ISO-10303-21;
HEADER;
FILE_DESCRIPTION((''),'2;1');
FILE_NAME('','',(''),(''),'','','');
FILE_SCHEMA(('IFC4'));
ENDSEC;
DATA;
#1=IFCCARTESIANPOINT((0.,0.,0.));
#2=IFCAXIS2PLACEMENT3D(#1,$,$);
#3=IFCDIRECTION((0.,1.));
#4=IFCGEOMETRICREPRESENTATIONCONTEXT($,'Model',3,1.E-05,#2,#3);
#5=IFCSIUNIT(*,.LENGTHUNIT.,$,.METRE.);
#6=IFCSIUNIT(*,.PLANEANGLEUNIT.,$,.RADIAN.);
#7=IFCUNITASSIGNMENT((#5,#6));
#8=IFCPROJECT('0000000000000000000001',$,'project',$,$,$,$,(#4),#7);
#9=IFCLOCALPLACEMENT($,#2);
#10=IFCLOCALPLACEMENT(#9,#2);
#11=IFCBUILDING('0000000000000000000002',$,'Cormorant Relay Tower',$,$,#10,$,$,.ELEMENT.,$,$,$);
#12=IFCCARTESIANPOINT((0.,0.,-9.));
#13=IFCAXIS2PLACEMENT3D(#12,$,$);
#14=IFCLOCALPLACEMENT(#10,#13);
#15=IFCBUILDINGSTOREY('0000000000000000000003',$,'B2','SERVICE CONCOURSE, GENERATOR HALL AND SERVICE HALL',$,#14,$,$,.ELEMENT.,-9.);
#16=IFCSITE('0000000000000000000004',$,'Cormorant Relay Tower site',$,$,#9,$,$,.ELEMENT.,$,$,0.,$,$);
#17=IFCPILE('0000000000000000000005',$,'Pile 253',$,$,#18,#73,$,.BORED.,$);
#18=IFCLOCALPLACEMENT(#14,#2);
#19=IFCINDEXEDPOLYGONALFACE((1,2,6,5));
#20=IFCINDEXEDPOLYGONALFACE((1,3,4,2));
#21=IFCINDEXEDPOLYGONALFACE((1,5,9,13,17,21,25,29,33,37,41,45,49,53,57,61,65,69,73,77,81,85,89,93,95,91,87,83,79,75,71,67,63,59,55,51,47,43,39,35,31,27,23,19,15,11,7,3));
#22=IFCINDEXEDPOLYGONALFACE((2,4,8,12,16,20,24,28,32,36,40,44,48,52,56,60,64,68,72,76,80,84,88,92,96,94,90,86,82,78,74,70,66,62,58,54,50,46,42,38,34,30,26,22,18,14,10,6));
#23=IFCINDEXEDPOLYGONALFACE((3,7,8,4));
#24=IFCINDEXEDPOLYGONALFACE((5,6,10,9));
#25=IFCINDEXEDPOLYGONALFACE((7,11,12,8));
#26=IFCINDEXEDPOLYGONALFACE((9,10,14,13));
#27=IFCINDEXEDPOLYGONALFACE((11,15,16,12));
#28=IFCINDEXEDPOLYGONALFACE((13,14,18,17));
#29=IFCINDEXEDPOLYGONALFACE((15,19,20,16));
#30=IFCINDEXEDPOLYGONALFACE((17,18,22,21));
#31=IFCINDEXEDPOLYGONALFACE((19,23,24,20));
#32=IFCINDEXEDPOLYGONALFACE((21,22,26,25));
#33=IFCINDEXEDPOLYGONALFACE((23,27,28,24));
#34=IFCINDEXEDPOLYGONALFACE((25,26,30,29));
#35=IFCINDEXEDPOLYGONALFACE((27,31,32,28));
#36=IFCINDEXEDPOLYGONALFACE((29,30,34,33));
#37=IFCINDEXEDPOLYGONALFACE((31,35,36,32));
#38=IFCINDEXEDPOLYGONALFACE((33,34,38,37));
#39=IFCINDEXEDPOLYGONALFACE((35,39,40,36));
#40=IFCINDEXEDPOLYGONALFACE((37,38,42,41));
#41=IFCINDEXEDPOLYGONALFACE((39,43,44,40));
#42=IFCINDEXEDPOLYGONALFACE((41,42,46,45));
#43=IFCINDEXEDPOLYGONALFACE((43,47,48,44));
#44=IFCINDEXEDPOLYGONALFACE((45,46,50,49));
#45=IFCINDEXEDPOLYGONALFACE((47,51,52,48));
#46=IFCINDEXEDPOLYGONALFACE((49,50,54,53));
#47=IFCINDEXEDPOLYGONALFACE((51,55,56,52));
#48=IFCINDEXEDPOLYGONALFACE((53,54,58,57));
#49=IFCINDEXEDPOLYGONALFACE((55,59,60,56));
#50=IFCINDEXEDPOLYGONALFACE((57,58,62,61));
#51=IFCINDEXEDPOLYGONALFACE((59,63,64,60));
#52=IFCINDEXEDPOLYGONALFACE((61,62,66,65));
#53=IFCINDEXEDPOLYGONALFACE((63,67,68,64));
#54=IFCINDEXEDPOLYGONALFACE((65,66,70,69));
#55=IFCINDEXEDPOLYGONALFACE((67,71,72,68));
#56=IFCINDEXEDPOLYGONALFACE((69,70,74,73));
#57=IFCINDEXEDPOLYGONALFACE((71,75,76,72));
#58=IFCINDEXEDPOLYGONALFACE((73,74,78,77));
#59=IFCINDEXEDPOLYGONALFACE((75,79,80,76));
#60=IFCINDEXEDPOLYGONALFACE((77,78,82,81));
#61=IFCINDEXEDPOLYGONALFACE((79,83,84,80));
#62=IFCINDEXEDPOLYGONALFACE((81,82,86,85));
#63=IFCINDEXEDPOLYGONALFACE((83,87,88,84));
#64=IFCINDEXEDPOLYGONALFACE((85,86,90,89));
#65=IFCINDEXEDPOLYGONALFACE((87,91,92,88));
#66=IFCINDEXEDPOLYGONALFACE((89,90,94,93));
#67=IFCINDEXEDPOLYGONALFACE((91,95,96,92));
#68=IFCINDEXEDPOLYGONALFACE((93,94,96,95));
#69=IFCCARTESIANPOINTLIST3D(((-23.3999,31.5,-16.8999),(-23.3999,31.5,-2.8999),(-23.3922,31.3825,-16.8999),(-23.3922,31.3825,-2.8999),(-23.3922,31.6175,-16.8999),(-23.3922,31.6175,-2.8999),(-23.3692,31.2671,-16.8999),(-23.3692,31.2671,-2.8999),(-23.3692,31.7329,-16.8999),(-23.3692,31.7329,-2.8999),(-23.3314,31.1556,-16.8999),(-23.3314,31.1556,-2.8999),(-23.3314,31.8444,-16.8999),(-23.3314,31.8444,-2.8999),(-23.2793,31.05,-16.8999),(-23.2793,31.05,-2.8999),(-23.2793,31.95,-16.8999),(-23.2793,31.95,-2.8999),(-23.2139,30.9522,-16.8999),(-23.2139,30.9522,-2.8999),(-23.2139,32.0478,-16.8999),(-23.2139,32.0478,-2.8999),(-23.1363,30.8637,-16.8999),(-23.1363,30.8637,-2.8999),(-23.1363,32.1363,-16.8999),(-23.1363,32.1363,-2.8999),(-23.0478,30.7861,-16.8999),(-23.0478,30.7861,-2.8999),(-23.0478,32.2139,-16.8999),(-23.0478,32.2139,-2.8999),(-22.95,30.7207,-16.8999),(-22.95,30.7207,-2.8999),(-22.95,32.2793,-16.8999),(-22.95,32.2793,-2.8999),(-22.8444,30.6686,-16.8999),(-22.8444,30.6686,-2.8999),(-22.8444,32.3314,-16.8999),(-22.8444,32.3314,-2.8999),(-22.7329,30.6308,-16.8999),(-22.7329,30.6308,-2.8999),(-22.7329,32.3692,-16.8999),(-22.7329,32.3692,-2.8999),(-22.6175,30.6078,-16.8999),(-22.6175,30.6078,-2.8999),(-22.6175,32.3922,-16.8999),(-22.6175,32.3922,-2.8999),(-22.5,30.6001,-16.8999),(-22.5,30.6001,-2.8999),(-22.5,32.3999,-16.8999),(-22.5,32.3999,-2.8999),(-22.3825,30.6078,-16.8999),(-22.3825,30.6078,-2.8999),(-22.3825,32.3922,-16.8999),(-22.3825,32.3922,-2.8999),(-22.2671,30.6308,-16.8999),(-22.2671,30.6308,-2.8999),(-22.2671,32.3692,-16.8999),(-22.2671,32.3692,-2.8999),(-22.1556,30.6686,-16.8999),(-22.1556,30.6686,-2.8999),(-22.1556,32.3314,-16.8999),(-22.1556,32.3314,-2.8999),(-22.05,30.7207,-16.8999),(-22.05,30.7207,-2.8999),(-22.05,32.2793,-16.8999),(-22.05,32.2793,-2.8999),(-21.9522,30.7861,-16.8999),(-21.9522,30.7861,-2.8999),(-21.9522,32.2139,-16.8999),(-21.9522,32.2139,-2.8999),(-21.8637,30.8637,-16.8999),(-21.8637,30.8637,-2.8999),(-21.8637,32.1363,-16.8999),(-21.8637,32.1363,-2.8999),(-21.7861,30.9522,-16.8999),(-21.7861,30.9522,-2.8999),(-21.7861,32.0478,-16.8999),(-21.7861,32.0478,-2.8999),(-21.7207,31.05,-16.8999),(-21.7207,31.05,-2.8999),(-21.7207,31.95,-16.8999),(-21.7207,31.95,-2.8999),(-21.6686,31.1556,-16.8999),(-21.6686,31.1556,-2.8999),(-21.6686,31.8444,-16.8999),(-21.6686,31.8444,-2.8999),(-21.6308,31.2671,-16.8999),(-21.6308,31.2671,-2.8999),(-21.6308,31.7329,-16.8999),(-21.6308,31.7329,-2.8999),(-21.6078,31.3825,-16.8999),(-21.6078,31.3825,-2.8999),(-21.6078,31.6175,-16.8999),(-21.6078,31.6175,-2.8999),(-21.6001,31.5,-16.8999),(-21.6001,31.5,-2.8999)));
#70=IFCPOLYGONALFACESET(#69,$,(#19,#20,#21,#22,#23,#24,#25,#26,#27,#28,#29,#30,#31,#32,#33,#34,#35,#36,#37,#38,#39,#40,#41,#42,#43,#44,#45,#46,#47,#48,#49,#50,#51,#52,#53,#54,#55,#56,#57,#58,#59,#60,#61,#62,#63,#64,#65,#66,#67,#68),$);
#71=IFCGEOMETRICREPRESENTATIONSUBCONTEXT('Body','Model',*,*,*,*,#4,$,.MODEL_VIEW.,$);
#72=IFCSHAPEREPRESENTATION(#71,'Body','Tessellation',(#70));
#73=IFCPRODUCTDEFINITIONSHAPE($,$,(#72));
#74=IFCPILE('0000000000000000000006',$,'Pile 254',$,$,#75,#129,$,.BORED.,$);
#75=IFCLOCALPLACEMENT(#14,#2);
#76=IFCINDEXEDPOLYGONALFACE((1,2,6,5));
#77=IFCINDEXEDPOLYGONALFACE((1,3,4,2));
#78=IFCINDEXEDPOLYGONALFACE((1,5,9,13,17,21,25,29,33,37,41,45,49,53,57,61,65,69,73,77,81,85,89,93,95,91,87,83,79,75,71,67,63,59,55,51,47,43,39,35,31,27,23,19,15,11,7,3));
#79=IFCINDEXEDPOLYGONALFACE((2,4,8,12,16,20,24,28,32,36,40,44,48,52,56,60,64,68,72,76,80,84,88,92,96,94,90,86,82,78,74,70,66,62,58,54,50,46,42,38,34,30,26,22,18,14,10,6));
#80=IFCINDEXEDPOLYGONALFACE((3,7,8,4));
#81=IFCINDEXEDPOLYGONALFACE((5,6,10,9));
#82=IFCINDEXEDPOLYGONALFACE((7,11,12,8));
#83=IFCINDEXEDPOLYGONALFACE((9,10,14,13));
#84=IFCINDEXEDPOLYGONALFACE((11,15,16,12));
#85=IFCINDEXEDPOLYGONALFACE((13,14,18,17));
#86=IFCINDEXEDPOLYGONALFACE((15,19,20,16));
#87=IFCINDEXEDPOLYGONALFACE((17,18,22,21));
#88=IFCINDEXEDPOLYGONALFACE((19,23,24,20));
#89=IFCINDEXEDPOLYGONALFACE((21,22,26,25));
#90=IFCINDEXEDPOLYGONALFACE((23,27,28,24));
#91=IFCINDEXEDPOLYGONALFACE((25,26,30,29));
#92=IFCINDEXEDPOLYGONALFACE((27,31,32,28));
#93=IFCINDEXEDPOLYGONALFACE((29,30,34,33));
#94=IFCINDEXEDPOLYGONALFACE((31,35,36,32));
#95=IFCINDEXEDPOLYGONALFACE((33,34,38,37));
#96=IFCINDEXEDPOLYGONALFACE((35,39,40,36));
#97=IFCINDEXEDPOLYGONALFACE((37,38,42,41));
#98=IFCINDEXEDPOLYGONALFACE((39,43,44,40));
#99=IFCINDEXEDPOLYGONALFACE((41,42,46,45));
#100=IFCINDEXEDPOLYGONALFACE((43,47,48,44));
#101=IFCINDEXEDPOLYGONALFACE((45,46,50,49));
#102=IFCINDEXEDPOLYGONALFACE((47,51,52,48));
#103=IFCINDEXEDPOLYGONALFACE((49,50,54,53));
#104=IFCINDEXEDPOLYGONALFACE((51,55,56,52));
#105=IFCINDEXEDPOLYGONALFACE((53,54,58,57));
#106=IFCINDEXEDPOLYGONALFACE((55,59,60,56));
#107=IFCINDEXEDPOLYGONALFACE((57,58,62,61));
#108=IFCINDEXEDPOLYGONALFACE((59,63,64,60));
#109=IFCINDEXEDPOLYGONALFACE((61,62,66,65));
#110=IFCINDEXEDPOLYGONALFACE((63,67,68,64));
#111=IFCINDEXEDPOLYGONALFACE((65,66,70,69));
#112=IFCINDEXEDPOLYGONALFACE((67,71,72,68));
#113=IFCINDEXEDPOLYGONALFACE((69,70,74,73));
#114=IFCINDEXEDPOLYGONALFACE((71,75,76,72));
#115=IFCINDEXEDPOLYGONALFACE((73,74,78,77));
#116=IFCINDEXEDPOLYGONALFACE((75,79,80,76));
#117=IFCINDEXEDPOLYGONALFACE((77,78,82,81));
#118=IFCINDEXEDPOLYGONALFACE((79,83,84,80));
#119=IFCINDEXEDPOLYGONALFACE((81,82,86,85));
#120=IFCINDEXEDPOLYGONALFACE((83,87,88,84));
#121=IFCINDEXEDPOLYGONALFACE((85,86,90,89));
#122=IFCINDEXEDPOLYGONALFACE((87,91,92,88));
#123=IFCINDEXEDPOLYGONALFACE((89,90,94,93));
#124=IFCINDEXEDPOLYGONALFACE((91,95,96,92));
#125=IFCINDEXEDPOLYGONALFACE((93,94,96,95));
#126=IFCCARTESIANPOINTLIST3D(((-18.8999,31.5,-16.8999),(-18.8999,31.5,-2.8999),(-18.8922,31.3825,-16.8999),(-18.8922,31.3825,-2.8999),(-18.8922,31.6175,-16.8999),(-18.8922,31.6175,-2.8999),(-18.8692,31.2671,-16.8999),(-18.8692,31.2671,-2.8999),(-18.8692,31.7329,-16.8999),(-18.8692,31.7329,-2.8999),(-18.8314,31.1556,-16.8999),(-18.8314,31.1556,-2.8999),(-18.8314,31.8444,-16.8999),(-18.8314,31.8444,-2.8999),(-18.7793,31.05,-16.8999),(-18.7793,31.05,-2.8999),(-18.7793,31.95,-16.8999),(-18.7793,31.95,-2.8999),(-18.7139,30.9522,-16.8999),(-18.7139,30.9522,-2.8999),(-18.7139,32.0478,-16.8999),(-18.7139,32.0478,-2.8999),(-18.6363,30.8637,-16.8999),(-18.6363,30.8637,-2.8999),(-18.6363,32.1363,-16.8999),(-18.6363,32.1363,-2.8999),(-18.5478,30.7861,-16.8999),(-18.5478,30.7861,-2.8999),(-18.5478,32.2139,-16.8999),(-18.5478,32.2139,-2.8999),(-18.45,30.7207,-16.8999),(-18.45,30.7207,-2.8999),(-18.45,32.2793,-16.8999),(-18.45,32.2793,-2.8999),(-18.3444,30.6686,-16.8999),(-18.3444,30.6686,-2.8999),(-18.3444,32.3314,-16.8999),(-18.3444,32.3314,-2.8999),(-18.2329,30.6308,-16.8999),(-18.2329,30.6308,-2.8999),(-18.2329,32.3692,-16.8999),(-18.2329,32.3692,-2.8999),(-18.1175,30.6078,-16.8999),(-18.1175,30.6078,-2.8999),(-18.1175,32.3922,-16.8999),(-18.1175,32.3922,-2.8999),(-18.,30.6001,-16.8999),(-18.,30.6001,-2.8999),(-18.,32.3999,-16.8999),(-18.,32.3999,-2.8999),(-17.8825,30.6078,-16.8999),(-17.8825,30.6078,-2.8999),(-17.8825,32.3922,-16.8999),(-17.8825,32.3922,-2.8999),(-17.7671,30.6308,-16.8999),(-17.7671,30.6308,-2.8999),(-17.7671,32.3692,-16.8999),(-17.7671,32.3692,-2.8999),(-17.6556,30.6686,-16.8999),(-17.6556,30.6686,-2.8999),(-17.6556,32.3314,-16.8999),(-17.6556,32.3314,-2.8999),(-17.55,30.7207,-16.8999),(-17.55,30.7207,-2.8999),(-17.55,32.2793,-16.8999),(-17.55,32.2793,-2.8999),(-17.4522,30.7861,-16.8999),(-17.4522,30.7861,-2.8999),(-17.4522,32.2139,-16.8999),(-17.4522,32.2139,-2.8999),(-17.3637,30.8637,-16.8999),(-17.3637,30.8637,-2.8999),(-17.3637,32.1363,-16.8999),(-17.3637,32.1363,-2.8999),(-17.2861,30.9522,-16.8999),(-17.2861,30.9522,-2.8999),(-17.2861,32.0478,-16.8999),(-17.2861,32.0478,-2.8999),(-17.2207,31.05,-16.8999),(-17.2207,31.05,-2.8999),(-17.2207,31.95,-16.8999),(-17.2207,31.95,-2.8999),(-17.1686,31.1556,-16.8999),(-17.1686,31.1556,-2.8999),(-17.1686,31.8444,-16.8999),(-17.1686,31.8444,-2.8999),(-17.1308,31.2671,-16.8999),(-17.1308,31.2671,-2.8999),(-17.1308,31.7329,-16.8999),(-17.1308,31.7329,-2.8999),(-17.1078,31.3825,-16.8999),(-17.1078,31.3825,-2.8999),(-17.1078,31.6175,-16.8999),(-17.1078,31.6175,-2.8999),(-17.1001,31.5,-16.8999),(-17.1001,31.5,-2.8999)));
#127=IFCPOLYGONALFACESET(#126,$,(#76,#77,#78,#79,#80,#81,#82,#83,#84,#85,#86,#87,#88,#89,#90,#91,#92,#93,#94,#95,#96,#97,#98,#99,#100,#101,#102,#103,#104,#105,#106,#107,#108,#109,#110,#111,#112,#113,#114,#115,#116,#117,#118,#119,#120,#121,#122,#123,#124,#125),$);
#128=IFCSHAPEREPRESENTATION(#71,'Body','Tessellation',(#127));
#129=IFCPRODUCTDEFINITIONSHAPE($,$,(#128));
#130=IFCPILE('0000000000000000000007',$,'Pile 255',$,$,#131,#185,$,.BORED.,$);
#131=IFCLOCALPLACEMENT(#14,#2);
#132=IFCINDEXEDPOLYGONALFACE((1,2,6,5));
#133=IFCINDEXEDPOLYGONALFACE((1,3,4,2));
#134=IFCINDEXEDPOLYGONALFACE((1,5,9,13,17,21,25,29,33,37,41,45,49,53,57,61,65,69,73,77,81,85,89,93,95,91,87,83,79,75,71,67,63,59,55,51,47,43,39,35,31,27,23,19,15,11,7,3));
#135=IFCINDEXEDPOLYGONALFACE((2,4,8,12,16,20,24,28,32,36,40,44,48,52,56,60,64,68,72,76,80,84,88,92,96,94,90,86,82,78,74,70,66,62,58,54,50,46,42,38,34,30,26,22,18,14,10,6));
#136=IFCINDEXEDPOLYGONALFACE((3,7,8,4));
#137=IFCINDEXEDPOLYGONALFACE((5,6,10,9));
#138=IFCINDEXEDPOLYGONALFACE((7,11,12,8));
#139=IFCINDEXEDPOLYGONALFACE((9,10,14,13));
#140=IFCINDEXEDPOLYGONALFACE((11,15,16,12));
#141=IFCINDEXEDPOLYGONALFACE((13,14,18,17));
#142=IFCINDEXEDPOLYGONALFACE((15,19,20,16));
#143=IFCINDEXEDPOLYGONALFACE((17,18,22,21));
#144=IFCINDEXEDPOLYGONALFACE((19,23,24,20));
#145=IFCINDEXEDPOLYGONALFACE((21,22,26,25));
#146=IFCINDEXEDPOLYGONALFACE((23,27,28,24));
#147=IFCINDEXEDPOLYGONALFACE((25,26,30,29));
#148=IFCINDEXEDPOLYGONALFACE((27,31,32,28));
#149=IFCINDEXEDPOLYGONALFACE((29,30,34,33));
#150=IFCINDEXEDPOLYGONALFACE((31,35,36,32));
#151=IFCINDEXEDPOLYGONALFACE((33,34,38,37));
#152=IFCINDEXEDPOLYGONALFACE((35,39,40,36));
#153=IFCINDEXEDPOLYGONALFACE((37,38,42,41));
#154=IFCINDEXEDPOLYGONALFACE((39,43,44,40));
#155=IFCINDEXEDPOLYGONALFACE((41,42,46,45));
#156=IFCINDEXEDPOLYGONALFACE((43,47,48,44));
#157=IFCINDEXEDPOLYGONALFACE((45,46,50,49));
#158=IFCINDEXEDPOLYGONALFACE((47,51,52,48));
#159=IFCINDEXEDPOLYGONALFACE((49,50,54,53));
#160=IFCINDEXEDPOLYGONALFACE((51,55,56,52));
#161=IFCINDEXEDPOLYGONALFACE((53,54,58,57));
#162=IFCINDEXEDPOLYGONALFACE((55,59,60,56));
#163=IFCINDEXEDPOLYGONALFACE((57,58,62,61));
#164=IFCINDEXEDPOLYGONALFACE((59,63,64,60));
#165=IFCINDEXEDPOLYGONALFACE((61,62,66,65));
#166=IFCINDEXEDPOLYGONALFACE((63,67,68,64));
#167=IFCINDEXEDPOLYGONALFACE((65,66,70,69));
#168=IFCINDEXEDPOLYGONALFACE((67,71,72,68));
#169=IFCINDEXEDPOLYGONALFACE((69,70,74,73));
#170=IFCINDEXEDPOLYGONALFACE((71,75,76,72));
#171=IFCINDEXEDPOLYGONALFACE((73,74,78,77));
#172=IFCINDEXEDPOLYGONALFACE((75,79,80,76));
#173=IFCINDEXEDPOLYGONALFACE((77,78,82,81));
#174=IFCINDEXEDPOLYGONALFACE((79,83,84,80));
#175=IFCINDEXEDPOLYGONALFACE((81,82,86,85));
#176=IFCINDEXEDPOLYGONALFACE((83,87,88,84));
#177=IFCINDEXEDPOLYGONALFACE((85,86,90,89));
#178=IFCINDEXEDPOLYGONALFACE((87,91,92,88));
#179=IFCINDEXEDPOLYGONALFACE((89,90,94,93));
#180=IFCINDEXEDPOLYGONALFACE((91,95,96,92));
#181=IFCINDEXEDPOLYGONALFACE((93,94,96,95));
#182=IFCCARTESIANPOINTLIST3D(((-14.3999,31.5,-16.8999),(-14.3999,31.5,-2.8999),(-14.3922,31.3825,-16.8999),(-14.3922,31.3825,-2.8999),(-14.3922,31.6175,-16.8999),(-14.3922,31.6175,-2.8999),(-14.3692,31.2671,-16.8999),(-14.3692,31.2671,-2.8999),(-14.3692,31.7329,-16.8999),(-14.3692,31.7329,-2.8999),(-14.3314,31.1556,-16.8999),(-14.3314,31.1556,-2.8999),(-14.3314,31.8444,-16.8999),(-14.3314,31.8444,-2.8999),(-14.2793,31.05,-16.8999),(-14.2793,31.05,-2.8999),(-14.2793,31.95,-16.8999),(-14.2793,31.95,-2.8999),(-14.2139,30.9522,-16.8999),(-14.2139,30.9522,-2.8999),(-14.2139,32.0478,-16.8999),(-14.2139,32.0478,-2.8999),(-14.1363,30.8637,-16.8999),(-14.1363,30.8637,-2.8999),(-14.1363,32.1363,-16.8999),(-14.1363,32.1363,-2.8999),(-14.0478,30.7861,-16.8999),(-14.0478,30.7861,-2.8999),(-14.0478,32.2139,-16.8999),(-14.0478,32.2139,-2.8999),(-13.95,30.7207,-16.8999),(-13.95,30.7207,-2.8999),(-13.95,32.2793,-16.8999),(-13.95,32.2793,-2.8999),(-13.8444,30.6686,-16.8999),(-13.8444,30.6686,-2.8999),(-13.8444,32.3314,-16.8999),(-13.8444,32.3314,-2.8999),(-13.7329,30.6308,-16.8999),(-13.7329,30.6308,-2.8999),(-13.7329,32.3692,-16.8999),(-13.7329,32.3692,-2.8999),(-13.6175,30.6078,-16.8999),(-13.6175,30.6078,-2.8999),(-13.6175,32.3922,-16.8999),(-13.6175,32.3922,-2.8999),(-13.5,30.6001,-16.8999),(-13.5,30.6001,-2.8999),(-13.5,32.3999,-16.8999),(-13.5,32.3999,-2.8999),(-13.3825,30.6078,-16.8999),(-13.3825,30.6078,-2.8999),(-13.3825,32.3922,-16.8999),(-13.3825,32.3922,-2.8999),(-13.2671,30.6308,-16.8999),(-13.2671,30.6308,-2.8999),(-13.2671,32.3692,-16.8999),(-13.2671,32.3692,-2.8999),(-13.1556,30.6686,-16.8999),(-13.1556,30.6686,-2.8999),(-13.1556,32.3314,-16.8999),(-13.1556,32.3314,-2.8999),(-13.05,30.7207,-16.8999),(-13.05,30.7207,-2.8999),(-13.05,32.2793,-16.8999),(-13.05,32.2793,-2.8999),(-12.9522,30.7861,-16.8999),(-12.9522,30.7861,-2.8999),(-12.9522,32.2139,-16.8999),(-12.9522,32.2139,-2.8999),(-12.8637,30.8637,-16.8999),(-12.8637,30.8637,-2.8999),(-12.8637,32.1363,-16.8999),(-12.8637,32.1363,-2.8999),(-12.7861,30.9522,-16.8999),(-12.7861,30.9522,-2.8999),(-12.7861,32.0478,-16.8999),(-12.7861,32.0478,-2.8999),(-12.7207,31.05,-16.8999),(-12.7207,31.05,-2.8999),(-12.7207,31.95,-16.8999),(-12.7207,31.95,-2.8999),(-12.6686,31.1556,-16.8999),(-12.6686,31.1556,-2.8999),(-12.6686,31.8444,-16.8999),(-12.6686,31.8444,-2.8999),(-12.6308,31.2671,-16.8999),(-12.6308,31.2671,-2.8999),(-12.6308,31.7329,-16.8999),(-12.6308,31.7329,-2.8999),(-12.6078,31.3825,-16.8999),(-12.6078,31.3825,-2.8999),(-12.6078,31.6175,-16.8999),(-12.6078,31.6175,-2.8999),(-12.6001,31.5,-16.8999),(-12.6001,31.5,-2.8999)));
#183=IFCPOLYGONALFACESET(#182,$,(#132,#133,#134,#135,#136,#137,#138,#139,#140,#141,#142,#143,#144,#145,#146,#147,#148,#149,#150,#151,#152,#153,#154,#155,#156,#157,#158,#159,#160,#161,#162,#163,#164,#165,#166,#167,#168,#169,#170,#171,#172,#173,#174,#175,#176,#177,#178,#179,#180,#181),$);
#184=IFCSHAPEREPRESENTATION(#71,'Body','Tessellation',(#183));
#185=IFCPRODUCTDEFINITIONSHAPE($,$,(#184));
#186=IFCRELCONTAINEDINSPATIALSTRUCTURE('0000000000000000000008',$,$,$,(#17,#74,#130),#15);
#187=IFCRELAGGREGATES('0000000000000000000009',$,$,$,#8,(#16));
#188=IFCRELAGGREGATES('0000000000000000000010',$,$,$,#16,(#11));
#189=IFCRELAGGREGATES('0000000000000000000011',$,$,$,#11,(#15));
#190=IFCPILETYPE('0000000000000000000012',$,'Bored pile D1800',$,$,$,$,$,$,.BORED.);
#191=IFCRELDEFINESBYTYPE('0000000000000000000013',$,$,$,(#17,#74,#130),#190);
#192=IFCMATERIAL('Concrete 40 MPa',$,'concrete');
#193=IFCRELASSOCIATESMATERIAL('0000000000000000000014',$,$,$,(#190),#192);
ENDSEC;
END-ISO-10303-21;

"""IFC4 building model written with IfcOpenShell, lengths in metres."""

from ifc_helpers import new_model, si_unit, direction, frame, origin, origin_2d, place, context, subcontext, project, spatial, circle, extrude, material, material_profile, profile_set, type_object, element, save


model = new_model("IFC4")

# Units and contexts
model_context = context("Model", 3, precision=1e-05, world=origin(), true_north=direction((0.0, 1.0)))
body_context = subcontext(model_context, "Body", "Model", "MODEL_VIEW")
ifc_project = project(units=[si_unit("LENGTHUNIT", "METRE"), si_unit("PLANEANGLEUNIT", "RADIAN")], contexts=[model_context])

# Site, building, storey
site_placement = place(None, origin())
site = spatial("IfcSite", under=ifc_project, at=site_placement, Name="Cormorant Relay Tower site", CompositionType="ELEMENT", RefElevation=0.0)
building_placement = place(site_placement, origin())
building = spatial("IfcBuilding", under=site, at=building_placement, Name="Cormorant Relay Tower", CompositionType="ELEMENT")
storey_placement = place(building_placement, frame((0.0, 0.0, -9.0)))
storey = spatial("IfcBuildingStorey", under=building, at=storey_placement, Name="B2", Description="SERVICE CONCOURSE, GENERATOR HALL AND SERVICE HALL", CompositionType="ELEMENT", Elevation=-9.0)

# Piles
ifc_material_1 = material(Name="Concrete 40 MPa", Category="concrete")
ifc_material_profile_1 = material_profile(ifc_material_1, circle(Radius=0.8999, at=origin_2d()), Name="BP1800")
ifc_profile_set_1 = profile_set([ifc_material_profile_1], Name="Concrete 40 MPa")
pile_type = type_object("IfcPileType", Name="Bored pile D1800", PredefinedType="BORED", material=ifc_profile_set_1)
for number, where, z_axis, x_axis, name in (
    (1, (-22.5, 31.5, -2.8999), (0.0, 0.0, -1.0), (1.0, 0.0, 0.0), "Pile 253"),
    (2, (-18.0, 31.5, -2.8999), (0.0, 0.0, -1.0), (1.0, 0.0, 0.0), "Pile 254"),
    (3, (-13.5, 31.5, -2.8999), (0.0, 0.0, -1.0), (1.0, 0.0, 0.0), "Pile 255"),
):
    element("IfcPile", number, at=place(storey_placement, frame(where, z_axis=z_axis, x_axis=x_axis)), inside=storey, type_object=pile_type, Name=name, PredefinedType="BORED", context=body_context, shape_type="SweptSolid", body=[
        extrude(circle(Radius=0.8999, at=origin_2d()), origin(), (0.0, 0.0, 1.0), 14.0),
    ])

save(model, "model.ifc")
